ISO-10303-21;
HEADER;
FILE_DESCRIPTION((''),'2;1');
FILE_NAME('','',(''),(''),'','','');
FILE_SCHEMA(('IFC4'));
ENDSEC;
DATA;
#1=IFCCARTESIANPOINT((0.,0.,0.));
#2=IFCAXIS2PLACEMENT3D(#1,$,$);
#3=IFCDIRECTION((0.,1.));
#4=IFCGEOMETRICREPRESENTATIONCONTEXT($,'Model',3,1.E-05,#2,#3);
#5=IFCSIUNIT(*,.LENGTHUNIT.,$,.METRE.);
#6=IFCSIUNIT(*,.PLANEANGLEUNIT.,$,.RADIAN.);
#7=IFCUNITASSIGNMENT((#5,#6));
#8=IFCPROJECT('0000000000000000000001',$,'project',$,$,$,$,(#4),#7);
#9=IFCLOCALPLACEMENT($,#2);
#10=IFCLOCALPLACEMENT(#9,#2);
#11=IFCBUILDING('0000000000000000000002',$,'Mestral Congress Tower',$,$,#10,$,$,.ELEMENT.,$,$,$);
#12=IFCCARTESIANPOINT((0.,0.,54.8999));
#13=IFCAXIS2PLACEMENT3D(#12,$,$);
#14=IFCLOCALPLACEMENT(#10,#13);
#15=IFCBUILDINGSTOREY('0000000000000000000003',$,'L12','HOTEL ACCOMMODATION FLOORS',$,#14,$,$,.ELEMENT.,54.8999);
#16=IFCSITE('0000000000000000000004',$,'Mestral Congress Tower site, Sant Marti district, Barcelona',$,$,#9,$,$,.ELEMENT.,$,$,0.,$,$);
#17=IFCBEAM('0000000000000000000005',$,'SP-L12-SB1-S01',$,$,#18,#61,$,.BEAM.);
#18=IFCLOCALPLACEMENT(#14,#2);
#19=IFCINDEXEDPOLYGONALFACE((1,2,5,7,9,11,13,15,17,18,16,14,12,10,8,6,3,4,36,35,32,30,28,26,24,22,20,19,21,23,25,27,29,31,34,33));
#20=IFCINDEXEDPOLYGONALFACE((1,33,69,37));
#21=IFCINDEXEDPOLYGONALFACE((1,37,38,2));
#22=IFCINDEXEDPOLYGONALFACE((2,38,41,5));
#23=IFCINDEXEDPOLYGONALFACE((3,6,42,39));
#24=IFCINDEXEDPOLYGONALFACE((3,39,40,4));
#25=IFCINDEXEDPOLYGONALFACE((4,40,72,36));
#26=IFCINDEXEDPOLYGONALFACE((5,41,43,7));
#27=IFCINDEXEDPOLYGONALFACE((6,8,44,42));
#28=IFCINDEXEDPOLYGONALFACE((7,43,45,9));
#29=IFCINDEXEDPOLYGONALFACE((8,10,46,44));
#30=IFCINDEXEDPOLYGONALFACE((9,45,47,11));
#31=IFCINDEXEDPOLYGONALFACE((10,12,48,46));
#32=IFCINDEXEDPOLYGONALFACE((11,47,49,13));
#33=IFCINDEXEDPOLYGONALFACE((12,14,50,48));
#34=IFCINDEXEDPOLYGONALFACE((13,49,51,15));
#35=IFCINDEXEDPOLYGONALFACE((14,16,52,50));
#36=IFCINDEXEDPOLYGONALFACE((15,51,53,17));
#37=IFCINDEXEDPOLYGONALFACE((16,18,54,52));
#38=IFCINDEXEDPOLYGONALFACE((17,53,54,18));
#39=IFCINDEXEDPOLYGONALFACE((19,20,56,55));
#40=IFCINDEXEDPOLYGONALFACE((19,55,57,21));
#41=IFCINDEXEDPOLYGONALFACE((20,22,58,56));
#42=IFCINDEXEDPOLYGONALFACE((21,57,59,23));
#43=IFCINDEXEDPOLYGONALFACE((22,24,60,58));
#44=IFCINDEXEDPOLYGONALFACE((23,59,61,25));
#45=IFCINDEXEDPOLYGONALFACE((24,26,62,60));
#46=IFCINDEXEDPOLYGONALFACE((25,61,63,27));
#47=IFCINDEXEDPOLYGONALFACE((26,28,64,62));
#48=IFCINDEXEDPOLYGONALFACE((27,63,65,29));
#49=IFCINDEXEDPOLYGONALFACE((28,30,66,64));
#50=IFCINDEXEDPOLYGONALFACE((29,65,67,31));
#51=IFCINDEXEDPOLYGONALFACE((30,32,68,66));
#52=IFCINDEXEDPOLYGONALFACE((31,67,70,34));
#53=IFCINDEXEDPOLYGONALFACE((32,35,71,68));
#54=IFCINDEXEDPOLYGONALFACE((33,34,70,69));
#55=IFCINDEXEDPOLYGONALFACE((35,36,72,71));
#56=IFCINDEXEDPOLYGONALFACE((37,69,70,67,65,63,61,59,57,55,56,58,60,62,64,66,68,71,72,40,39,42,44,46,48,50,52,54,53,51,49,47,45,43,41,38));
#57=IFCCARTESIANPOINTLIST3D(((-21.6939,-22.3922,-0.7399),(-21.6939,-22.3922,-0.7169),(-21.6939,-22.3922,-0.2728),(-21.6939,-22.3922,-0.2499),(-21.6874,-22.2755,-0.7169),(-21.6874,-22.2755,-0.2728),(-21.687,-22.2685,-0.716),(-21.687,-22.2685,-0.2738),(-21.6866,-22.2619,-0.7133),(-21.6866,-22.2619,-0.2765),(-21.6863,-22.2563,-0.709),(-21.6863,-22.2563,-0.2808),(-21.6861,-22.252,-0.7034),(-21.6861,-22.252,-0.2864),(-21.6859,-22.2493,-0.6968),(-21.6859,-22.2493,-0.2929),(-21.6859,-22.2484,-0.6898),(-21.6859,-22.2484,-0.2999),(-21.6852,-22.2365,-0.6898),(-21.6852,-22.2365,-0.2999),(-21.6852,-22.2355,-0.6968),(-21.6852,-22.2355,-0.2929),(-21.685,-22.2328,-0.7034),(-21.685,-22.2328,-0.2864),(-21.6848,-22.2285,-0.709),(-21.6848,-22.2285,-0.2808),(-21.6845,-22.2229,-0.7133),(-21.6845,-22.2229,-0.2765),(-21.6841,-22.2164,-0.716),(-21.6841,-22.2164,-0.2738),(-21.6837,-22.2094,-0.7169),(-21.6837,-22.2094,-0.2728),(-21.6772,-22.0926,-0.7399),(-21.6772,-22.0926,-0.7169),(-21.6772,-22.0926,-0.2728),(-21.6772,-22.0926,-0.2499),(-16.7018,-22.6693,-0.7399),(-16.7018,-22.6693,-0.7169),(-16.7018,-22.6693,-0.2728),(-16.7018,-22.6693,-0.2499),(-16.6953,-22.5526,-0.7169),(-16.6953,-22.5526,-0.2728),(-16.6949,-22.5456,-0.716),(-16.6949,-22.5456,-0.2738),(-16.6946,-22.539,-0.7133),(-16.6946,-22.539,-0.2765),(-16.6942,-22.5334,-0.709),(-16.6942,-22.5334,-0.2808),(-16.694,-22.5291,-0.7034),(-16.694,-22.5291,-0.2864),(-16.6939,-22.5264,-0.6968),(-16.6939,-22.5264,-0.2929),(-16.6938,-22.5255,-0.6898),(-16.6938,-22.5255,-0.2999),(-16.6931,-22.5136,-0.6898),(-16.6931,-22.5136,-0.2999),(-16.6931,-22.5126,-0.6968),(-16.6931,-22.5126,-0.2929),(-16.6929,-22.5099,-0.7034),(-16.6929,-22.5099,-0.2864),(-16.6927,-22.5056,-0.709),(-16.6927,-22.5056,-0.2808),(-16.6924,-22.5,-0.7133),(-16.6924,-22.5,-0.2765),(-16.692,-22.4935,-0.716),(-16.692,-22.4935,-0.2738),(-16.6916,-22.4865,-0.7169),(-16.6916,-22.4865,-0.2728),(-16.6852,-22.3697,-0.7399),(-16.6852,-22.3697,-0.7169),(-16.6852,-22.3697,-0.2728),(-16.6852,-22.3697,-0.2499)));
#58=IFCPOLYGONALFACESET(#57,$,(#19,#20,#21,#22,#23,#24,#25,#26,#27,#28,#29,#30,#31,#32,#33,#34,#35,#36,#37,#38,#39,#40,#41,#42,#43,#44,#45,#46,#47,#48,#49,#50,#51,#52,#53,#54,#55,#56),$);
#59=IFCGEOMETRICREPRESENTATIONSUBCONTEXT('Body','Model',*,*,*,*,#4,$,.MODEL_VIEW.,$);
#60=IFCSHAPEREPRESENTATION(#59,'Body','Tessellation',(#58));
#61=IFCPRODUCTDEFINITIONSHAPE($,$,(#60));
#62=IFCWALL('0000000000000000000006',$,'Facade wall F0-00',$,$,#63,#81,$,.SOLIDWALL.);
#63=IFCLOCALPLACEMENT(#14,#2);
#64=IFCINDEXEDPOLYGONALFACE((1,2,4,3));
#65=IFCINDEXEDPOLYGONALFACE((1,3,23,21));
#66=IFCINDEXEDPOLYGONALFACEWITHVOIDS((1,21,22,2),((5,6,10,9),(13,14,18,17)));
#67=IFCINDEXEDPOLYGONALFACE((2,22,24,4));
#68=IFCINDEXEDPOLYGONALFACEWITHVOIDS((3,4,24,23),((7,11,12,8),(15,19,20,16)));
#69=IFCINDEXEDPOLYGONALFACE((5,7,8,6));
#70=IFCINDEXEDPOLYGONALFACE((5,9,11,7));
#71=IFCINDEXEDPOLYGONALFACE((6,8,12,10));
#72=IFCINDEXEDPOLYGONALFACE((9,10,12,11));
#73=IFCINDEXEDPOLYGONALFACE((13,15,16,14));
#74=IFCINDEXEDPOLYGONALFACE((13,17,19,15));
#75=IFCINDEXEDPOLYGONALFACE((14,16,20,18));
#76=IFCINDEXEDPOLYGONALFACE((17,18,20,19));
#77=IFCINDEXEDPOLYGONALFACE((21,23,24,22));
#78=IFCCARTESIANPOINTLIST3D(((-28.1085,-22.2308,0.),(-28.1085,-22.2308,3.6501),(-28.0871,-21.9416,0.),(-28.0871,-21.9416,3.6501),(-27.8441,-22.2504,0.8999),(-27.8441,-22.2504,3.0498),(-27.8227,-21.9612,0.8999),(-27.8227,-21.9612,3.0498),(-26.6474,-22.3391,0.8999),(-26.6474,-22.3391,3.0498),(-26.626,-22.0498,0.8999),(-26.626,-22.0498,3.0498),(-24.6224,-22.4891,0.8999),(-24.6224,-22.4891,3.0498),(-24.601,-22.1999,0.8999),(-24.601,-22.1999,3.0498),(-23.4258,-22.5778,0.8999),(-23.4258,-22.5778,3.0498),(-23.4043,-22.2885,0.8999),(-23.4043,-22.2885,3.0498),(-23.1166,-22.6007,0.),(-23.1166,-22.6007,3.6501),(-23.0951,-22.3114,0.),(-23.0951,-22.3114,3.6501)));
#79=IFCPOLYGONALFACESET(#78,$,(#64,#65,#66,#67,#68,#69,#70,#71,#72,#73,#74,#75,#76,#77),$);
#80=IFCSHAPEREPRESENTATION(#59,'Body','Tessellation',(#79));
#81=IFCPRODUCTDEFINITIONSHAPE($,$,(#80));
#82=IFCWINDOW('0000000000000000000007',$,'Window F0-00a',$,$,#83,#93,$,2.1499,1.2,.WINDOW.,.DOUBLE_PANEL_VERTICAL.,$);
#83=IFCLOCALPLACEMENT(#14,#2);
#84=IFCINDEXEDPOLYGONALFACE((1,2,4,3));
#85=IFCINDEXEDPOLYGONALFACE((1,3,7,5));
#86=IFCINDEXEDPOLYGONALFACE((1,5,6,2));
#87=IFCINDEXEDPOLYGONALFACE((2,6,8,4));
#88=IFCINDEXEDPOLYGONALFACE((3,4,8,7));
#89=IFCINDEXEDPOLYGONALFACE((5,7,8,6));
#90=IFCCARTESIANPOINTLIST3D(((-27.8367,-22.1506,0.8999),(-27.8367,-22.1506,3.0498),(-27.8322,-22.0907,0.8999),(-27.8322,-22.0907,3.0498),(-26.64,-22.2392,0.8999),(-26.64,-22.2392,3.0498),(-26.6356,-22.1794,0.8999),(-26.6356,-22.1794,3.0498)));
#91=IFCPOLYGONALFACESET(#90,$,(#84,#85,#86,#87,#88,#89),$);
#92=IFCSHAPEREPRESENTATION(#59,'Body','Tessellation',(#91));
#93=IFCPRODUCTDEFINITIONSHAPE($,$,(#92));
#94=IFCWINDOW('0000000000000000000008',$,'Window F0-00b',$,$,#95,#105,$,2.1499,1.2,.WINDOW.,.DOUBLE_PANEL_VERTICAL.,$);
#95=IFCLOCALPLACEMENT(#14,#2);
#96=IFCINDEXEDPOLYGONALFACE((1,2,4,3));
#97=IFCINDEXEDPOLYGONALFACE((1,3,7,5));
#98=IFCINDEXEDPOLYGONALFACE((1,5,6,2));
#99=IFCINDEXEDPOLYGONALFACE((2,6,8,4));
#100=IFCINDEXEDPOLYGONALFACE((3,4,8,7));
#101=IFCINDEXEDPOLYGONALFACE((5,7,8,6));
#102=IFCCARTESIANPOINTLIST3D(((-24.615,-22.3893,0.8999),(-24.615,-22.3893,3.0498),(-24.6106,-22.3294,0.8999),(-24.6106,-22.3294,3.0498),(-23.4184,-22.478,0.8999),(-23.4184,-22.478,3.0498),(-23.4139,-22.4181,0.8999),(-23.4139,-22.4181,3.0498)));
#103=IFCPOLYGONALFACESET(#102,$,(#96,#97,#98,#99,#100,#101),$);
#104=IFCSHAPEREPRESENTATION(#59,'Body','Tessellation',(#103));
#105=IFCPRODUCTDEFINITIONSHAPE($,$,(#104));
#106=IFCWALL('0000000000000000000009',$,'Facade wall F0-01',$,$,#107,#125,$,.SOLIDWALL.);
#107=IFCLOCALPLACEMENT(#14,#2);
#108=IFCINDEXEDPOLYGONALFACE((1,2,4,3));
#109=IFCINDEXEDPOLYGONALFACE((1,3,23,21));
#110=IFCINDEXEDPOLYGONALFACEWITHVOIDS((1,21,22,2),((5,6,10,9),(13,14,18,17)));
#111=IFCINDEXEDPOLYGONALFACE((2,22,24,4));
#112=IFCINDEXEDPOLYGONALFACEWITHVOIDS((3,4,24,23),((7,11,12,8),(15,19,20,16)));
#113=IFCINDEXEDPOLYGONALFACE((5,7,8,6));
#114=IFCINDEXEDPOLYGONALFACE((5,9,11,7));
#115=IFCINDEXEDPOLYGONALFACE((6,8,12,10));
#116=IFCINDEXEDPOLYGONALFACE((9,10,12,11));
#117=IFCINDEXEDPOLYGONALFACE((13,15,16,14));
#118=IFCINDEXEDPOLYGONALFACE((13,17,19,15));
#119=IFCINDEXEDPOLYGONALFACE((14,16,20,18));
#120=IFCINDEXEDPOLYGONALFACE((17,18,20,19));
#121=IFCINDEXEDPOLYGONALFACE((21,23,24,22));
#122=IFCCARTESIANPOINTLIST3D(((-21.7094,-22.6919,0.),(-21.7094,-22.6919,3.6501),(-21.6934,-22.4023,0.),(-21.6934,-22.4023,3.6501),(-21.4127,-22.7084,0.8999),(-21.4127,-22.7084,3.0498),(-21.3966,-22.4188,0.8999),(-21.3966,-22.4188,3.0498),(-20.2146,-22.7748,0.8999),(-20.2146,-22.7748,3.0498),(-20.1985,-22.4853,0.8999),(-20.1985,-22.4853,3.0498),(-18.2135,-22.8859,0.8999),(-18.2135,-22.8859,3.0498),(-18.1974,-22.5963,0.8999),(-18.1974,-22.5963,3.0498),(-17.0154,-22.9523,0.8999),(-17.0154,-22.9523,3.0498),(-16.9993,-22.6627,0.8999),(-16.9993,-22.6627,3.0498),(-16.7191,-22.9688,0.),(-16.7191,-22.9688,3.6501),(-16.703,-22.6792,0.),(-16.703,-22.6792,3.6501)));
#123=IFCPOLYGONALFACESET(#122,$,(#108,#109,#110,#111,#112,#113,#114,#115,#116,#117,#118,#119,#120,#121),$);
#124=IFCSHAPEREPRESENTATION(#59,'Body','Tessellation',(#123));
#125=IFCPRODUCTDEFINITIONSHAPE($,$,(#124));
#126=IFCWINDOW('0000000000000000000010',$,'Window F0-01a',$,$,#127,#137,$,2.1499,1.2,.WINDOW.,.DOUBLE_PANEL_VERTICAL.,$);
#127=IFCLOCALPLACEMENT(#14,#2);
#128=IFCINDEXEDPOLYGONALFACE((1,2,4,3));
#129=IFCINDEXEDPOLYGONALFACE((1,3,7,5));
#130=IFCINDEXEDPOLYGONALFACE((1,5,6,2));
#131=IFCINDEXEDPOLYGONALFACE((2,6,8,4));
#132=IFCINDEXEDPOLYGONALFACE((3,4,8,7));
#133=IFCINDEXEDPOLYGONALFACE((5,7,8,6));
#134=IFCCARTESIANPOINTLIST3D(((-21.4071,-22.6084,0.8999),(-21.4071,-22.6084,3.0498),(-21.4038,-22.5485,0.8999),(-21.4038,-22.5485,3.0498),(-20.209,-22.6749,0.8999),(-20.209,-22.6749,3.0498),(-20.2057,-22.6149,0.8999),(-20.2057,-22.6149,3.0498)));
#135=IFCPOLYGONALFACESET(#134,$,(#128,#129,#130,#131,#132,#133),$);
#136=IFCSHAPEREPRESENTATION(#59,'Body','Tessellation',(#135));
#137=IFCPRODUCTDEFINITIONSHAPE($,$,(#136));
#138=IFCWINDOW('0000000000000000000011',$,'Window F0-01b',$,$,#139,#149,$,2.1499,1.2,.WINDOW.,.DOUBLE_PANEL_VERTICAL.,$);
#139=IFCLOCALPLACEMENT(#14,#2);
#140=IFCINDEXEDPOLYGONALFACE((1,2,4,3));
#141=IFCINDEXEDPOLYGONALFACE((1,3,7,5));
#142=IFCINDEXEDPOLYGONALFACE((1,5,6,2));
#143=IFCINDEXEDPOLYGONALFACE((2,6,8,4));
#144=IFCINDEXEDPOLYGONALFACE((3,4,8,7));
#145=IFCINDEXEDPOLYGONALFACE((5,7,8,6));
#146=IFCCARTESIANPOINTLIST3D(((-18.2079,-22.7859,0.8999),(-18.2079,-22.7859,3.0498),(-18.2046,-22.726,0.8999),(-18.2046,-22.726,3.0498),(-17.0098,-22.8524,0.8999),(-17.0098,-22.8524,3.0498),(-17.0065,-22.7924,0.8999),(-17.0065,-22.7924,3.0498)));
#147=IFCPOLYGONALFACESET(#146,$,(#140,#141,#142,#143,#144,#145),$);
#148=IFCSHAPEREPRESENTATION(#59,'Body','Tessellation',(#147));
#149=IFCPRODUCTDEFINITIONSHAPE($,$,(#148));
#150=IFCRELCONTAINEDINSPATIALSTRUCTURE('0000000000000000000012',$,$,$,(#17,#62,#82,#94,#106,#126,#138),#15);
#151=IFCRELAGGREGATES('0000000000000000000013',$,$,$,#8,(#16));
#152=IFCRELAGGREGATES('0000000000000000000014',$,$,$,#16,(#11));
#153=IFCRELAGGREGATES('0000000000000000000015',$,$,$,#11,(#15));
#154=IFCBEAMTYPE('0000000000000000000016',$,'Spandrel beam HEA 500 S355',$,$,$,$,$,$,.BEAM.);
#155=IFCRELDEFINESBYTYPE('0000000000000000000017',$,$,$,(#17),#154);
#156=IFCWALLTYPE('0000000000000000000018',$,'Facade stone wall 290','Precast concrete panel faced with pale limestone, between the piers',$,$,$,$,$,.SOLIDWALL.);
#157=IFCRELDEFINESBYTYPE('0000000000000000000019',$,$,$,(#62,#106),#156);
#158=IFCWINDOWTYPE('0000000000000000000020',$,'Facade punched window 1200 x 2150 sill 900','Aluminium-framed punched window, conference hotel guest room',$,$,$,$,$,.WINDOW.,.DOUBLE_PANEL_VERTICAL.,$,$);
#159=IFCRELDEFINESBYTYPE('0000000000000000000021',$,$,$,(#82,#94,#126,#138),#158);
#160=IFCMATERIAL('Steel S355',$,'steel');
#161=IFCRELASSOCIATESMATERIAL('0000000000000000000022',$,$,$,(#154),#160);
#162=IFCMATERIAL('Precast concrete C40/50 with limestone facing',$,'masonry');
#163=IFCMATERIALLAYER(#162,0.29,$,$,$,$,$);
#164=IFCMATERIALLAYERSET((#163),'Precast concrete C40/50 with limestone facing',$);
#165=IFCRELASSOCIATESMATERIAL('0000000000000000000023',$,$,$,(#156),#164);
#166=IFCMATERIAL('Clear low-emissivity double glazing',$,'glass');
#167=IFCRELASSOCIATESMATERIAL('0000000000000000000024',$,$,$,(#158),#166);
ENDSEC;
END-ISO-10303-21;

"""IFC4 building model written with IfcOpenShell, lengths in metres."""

from ifc_helpers import new_model, si_unit, direction, frame, frame_2d, origin, origin_2d, place, context, subcontext, project, spatial, rectangle, i_section, extrude, material, layer, layer_set, material_profile, profile_set, type_object, element, fill, save


model = new_model("IFC4")

# Units and contexts
model_context = context("Model", 3, precision=1e-05, world=origin(), true_north=direction((0.0, 1.0)))
body_context = subcontext(model_context, "Body", "Model", "MODEL_VIEW")
ifc_project = project(units=[si_unit("LENGTHUNIT", "METRE"), si_unit("PLANEANGLEUNIT", "RADIAN")], contexts=[model_context])

# Site, building, storey
site_placement = place(None, origin())
site = spatial("IfcSite", under=ifc_project, at=site_placement, Name="Mestral Congress Tower site, Sant Marti district, Barcelona", CompositionType="ELEMENT", RefElevation=0.0)
building_placement = place(site_placement, origin())
building = spatial("IfcBuilding", under=site, at=building_placement, Name="Mestral Congress Tower", CompositionType="ELEMENT")
storey_placement = place(building_placement, frame((0.0, 0.0, 54.8999)))
storey = spatial("IfcBuildingStorey", under=building, at=storey_placement, Name="L12", Description="HOTEL ACCOMMODATION FLOORS", CompositionType="ELEMENT", Elevation=54.8999)

# Beam
ifc_material_1 = material(Name="Steel S355", Category="steel")
ifc_material_profile_1 = material_profile(ifc_material_1, i_section(OverallWidth=0.3, OverallDepth=0.49, WebThickness=0.012, FlangeThickness=0.0229, FilletRadius=0.0271, at=origin_2d()), Name="HEA 500")
ifc_profile_set_1 = profile_set([ifc_material_profile_1], Name="Steel S355")
beam_type_1 = type_object("IfcBeamType", Name="Spandrel beam HEA 500 S355", PredefinedType="BEAM", material=ifc_profile_set_1)
beam_1_placement = place(storey_placement, frame((-21.6855, -22.2424, -0.4949), z_axis=(0.998463, -0.055421, 0.0), x_axis=(0.055421, 0.998463, 0.0)))
element("IfcBeam", 1, at=beam_1_placement, inside=storey, type_object=beam_type_1, Name="SP-L12-SB1-S01", PredefinedType="BEAM", context=body_context, shape_type="SweptSolid", body=[
    extrude(i_section(OverallWidth=0.3, OverallDepth=0.49, WebThickness=0.012, FlangeThickness=0.0229, FilletRadius=0.0271, at=origin_2d()), origin(), (0.0, 0.0, 1.0), 4.9998),
])

# Walls, openings, windows
ifc_material_2 = material(Name="Precast concrete C40/50 with limestone facing", Category="masonry")
ifc_layer_1 = layer(ifc_material_2, 0.29)
ifc_layer_set_1 = layer_set([ifc_layer_1], Name="Precast concrete C40/50 with limestone facing")
wall_type_1 = type_object("IfcWallType", Name="Facade stone wall 290", Description="Precast concrete panel faced with pale limestone, between the piers", PredefinedType="SOLIDWALL", material=ifc_layer_set_1)
wall_1_placement = place(storey_placement, frame((-28.0979, -22.0862, 0.0), z_axis=(0.0, 0.0, 1.0), x_axis=(0.997266, -0.073891, 0.0)))
wall_1 = element("IfcWall", 2, at=wall_1_placement, inside=storey, type_object=wall_type_1, Name="Facade wall F0-00", PredefinedType="SOLIDWALL", context=body_context, shape_type="SweptSolid", body=[
    extrude(rectangle(XDim=5.0056, YDim=0.29, at=frame_2d((2.5029, 0.0))), origin(), (0.0, 0.0, 1.0), 3.6501),
])
opening_1_placement = place(wall_1_placement, frame((0.2651, 0.0, 0.8999)))
opening_1 = element("IfcOpeningElement", 3, at=opening_1_placement, cuts=wall_1, PredefinedType="OPENING", context=body_context, shape_type="SweptSolid", body=[
    extrude(rectangle(XDim=1.2, YDim=2.1499, at=frame_2d((0.6001, 1.075))), frame((0.0, 0.155, 0.0), z_axis=(0.0, -1.0, 0.0), x_axis=(1.0, 0.0, 0.0)), (0.0, 0.0, 1.0), 0.3101),
])
opening_2_placement = place(wall_1_placement, frame((3.4956, 0.0, 0.8999)))
opening_2 = element("IfcOpeningElement", 4, at=opening_2_placement, cuts=wall_1, PredefinedType="OPENING", context=body_context, shape_type="SweptSolid", body=[
    extrude(rectangle(XDim=1.2, YDim=2.1499, at=frame_2d((0.6001, 1.075))), frame((0.0, 0.155, 0.0), z_axis=(0.0, -1.0, 0.0), x_axis=(1.0, 0.0, 0.0)), (0.0, 0.0, 1.0), 0.3101),
])
ifc_material_3 = material(Name="Clear low-emissivity double glazing", Category="glass")
window_type = type_object("IfcWindowType", Name="Facade punched window 1200 x 2150 sill 900", Description="Aluminium-framed punched window, conference hotel guest room", PartitioningType="DOUBLE_PANEL_VERTICAL", PredefinedType="WINDOW", material=ifc_material_3)
window_1_placement = place(opening_1_placement, origin())
window_1 = element("IfcWindow", 5, at=window_1_placement, inside=storey, type_object=window_type, Name="Window F0-00a", OverallHeight=2.1499, OverallWidth=1.2, PartitioningType="DOUBLE_PANEL_VERTICAL", PredefinedType="WINDOW", context=body_context, shape_type="SweptSolid", body=[
    extrude(rectangle(XDim=1.2, YDim=2.1499, at=frame_2d((0.6001, 1.075))), frame((0.0, 0.0151, 0.0), z_axis=(0.0, -1.0, 0.0), x_axis=(1.0, 0.0, 0.0)), (0.0, 0.0, 1.0), 0.0601),
])
fill(opening_1, window_1)
window_2_placement = place(opening_2_placement, origin())
window_2 = element("IfcWindow", 6, at=window_2_placement, inside=storey, type_object=window_type, Name="Window F0-00b", OverallHeight=2.1499, OverallWidth=1.2, PartitioningType="DOUBLE_PANEL_VERTICAL", PredefinedType="WINDOW", context=body_context, shape_type="SweptSolid", body=[
    extrude(rectangle(XDim=1.2, YDim=2.1499, at=frame_2d((0.6001, 1.075))), frame((0.0, 0.0151, 0.0), z_axis=(0.0, -1.0, 0.0), x_axis=(1.0, 0.0, 0.0)), (0.0, 0.0, 1.0), 0.0601),
])
fill(opening_2, window_2)
wall_2_placement = place(storey_placement, frame((-21.7014, -22.5471, 0.0), z_axis=(0.0, 0.0, 1.0), x_axis=(0.998465, -0.055392, 0.0)))
wall_2 = element("IfcWall", 7, at=wall_2_placement, inside=storey, type_object=wall_type_1, Name="Facade wall F0-01", PredefinedType="SOLIDWALL", context=body_context, shape_type="SweptSolid", body=[
    extrude(rectangle(XDim=4.998, YDim=0.29, at=frame_2d((2.499, 0.0))), origin(), (0.0, 0.0, 1.0), 3.6501),
])
opening_3_placement = place(wall_2_placement, frame((0.2971, 0.0, 0.8999)))
opening_3 = element("IfcOpeningElement", 8, at=opening_3_placement, cuts=wall_2, PredefinedType="OPENING", context=body_context, shape_type="SweptSolid", body=[
    extrude(rectangle(XDim=1.2, YDim=2.1499, at=frame_2d((0.6001, 1.075))), frame((0.0, 0.155, 0.0), z_axis=(0.0, -1.0, 0.0), x_axis=(1.0, 0.0, 0.0)), (0.0, 0.0, 1.0), 0.3101),
])
opening_4_placement = place(wall_2_placement, frame((3.5012, 0.0, 0.8999)))
opening_4 = element("IfcOpeningElement", 9, at=opening_4_placement, cuts=wall_2, PredefinedType="OPENING", context=body_context, shape_type="SweptSolid", body=[
    extrude(rectangle(XDim=1.2, YDim=2.1499, at=frame_2d((0.6001, 1.075))), frame((0.0, 0.155, 0.0), z_axis=(0.0, -1.0, 0.0), x_axis=(1.0, 0.0, 0.0)), (0.0, 0.0, 1.0), 0.3101),
])
window_3_placement = place(opening_3_placement, origin())
window_3 = element("IfcWindow", 10, at=window_3_placement, inside=storey, type_object=window_type, Name="Window F0-01a", OverallHeight=2.1499, OverallWidth=1.2, PartitioningType="DOUBLE_PANEL_VERTICAL", PredefinedType="WINDOW", context=body_context, shape_type="SweptSolid", body=[
    extrude(rectangle(XDim=1.2, YDim=2.1499, at=frame_2d((0.6001, 1.075))), frame((0.0, 0.0151, 0.0), z_axis=(0.0, -1.0, 0.0), x_axis=(1.0, 0.0, 0.0)), (0.0, 0.0, 1.0), 0.0601),
])
fill(opening_3, window_3)
window_4_placement = place(opening_4_placement, origin())
window_4 = element("IfcWindow", 11, at=window_4_placement, inside=storey, type_object=window_type, Name="Window F0-01b", OverallHeight=2.1499, OverallWidth=1.2, PartitioningType="DOUBLE_PANEL_VERTICAL", PredefinedType="WINDOW", context=body_context, shape_type="SweptSolid", body=[
    extrude(rectangle(XDim=1.2, YDim=2.1499, at=frame_2d((0.6001, 1.075))), frame((0.0, 0.0151, 0.0), z_axis=(0.0, -1.0, 0.0), x_axis=(1.0, 0.0, 0.0)), (0.0, 0.0, 1.0), 0.0601),
])
fill(opening_4, window_4)

save(model, "model.ifc")
